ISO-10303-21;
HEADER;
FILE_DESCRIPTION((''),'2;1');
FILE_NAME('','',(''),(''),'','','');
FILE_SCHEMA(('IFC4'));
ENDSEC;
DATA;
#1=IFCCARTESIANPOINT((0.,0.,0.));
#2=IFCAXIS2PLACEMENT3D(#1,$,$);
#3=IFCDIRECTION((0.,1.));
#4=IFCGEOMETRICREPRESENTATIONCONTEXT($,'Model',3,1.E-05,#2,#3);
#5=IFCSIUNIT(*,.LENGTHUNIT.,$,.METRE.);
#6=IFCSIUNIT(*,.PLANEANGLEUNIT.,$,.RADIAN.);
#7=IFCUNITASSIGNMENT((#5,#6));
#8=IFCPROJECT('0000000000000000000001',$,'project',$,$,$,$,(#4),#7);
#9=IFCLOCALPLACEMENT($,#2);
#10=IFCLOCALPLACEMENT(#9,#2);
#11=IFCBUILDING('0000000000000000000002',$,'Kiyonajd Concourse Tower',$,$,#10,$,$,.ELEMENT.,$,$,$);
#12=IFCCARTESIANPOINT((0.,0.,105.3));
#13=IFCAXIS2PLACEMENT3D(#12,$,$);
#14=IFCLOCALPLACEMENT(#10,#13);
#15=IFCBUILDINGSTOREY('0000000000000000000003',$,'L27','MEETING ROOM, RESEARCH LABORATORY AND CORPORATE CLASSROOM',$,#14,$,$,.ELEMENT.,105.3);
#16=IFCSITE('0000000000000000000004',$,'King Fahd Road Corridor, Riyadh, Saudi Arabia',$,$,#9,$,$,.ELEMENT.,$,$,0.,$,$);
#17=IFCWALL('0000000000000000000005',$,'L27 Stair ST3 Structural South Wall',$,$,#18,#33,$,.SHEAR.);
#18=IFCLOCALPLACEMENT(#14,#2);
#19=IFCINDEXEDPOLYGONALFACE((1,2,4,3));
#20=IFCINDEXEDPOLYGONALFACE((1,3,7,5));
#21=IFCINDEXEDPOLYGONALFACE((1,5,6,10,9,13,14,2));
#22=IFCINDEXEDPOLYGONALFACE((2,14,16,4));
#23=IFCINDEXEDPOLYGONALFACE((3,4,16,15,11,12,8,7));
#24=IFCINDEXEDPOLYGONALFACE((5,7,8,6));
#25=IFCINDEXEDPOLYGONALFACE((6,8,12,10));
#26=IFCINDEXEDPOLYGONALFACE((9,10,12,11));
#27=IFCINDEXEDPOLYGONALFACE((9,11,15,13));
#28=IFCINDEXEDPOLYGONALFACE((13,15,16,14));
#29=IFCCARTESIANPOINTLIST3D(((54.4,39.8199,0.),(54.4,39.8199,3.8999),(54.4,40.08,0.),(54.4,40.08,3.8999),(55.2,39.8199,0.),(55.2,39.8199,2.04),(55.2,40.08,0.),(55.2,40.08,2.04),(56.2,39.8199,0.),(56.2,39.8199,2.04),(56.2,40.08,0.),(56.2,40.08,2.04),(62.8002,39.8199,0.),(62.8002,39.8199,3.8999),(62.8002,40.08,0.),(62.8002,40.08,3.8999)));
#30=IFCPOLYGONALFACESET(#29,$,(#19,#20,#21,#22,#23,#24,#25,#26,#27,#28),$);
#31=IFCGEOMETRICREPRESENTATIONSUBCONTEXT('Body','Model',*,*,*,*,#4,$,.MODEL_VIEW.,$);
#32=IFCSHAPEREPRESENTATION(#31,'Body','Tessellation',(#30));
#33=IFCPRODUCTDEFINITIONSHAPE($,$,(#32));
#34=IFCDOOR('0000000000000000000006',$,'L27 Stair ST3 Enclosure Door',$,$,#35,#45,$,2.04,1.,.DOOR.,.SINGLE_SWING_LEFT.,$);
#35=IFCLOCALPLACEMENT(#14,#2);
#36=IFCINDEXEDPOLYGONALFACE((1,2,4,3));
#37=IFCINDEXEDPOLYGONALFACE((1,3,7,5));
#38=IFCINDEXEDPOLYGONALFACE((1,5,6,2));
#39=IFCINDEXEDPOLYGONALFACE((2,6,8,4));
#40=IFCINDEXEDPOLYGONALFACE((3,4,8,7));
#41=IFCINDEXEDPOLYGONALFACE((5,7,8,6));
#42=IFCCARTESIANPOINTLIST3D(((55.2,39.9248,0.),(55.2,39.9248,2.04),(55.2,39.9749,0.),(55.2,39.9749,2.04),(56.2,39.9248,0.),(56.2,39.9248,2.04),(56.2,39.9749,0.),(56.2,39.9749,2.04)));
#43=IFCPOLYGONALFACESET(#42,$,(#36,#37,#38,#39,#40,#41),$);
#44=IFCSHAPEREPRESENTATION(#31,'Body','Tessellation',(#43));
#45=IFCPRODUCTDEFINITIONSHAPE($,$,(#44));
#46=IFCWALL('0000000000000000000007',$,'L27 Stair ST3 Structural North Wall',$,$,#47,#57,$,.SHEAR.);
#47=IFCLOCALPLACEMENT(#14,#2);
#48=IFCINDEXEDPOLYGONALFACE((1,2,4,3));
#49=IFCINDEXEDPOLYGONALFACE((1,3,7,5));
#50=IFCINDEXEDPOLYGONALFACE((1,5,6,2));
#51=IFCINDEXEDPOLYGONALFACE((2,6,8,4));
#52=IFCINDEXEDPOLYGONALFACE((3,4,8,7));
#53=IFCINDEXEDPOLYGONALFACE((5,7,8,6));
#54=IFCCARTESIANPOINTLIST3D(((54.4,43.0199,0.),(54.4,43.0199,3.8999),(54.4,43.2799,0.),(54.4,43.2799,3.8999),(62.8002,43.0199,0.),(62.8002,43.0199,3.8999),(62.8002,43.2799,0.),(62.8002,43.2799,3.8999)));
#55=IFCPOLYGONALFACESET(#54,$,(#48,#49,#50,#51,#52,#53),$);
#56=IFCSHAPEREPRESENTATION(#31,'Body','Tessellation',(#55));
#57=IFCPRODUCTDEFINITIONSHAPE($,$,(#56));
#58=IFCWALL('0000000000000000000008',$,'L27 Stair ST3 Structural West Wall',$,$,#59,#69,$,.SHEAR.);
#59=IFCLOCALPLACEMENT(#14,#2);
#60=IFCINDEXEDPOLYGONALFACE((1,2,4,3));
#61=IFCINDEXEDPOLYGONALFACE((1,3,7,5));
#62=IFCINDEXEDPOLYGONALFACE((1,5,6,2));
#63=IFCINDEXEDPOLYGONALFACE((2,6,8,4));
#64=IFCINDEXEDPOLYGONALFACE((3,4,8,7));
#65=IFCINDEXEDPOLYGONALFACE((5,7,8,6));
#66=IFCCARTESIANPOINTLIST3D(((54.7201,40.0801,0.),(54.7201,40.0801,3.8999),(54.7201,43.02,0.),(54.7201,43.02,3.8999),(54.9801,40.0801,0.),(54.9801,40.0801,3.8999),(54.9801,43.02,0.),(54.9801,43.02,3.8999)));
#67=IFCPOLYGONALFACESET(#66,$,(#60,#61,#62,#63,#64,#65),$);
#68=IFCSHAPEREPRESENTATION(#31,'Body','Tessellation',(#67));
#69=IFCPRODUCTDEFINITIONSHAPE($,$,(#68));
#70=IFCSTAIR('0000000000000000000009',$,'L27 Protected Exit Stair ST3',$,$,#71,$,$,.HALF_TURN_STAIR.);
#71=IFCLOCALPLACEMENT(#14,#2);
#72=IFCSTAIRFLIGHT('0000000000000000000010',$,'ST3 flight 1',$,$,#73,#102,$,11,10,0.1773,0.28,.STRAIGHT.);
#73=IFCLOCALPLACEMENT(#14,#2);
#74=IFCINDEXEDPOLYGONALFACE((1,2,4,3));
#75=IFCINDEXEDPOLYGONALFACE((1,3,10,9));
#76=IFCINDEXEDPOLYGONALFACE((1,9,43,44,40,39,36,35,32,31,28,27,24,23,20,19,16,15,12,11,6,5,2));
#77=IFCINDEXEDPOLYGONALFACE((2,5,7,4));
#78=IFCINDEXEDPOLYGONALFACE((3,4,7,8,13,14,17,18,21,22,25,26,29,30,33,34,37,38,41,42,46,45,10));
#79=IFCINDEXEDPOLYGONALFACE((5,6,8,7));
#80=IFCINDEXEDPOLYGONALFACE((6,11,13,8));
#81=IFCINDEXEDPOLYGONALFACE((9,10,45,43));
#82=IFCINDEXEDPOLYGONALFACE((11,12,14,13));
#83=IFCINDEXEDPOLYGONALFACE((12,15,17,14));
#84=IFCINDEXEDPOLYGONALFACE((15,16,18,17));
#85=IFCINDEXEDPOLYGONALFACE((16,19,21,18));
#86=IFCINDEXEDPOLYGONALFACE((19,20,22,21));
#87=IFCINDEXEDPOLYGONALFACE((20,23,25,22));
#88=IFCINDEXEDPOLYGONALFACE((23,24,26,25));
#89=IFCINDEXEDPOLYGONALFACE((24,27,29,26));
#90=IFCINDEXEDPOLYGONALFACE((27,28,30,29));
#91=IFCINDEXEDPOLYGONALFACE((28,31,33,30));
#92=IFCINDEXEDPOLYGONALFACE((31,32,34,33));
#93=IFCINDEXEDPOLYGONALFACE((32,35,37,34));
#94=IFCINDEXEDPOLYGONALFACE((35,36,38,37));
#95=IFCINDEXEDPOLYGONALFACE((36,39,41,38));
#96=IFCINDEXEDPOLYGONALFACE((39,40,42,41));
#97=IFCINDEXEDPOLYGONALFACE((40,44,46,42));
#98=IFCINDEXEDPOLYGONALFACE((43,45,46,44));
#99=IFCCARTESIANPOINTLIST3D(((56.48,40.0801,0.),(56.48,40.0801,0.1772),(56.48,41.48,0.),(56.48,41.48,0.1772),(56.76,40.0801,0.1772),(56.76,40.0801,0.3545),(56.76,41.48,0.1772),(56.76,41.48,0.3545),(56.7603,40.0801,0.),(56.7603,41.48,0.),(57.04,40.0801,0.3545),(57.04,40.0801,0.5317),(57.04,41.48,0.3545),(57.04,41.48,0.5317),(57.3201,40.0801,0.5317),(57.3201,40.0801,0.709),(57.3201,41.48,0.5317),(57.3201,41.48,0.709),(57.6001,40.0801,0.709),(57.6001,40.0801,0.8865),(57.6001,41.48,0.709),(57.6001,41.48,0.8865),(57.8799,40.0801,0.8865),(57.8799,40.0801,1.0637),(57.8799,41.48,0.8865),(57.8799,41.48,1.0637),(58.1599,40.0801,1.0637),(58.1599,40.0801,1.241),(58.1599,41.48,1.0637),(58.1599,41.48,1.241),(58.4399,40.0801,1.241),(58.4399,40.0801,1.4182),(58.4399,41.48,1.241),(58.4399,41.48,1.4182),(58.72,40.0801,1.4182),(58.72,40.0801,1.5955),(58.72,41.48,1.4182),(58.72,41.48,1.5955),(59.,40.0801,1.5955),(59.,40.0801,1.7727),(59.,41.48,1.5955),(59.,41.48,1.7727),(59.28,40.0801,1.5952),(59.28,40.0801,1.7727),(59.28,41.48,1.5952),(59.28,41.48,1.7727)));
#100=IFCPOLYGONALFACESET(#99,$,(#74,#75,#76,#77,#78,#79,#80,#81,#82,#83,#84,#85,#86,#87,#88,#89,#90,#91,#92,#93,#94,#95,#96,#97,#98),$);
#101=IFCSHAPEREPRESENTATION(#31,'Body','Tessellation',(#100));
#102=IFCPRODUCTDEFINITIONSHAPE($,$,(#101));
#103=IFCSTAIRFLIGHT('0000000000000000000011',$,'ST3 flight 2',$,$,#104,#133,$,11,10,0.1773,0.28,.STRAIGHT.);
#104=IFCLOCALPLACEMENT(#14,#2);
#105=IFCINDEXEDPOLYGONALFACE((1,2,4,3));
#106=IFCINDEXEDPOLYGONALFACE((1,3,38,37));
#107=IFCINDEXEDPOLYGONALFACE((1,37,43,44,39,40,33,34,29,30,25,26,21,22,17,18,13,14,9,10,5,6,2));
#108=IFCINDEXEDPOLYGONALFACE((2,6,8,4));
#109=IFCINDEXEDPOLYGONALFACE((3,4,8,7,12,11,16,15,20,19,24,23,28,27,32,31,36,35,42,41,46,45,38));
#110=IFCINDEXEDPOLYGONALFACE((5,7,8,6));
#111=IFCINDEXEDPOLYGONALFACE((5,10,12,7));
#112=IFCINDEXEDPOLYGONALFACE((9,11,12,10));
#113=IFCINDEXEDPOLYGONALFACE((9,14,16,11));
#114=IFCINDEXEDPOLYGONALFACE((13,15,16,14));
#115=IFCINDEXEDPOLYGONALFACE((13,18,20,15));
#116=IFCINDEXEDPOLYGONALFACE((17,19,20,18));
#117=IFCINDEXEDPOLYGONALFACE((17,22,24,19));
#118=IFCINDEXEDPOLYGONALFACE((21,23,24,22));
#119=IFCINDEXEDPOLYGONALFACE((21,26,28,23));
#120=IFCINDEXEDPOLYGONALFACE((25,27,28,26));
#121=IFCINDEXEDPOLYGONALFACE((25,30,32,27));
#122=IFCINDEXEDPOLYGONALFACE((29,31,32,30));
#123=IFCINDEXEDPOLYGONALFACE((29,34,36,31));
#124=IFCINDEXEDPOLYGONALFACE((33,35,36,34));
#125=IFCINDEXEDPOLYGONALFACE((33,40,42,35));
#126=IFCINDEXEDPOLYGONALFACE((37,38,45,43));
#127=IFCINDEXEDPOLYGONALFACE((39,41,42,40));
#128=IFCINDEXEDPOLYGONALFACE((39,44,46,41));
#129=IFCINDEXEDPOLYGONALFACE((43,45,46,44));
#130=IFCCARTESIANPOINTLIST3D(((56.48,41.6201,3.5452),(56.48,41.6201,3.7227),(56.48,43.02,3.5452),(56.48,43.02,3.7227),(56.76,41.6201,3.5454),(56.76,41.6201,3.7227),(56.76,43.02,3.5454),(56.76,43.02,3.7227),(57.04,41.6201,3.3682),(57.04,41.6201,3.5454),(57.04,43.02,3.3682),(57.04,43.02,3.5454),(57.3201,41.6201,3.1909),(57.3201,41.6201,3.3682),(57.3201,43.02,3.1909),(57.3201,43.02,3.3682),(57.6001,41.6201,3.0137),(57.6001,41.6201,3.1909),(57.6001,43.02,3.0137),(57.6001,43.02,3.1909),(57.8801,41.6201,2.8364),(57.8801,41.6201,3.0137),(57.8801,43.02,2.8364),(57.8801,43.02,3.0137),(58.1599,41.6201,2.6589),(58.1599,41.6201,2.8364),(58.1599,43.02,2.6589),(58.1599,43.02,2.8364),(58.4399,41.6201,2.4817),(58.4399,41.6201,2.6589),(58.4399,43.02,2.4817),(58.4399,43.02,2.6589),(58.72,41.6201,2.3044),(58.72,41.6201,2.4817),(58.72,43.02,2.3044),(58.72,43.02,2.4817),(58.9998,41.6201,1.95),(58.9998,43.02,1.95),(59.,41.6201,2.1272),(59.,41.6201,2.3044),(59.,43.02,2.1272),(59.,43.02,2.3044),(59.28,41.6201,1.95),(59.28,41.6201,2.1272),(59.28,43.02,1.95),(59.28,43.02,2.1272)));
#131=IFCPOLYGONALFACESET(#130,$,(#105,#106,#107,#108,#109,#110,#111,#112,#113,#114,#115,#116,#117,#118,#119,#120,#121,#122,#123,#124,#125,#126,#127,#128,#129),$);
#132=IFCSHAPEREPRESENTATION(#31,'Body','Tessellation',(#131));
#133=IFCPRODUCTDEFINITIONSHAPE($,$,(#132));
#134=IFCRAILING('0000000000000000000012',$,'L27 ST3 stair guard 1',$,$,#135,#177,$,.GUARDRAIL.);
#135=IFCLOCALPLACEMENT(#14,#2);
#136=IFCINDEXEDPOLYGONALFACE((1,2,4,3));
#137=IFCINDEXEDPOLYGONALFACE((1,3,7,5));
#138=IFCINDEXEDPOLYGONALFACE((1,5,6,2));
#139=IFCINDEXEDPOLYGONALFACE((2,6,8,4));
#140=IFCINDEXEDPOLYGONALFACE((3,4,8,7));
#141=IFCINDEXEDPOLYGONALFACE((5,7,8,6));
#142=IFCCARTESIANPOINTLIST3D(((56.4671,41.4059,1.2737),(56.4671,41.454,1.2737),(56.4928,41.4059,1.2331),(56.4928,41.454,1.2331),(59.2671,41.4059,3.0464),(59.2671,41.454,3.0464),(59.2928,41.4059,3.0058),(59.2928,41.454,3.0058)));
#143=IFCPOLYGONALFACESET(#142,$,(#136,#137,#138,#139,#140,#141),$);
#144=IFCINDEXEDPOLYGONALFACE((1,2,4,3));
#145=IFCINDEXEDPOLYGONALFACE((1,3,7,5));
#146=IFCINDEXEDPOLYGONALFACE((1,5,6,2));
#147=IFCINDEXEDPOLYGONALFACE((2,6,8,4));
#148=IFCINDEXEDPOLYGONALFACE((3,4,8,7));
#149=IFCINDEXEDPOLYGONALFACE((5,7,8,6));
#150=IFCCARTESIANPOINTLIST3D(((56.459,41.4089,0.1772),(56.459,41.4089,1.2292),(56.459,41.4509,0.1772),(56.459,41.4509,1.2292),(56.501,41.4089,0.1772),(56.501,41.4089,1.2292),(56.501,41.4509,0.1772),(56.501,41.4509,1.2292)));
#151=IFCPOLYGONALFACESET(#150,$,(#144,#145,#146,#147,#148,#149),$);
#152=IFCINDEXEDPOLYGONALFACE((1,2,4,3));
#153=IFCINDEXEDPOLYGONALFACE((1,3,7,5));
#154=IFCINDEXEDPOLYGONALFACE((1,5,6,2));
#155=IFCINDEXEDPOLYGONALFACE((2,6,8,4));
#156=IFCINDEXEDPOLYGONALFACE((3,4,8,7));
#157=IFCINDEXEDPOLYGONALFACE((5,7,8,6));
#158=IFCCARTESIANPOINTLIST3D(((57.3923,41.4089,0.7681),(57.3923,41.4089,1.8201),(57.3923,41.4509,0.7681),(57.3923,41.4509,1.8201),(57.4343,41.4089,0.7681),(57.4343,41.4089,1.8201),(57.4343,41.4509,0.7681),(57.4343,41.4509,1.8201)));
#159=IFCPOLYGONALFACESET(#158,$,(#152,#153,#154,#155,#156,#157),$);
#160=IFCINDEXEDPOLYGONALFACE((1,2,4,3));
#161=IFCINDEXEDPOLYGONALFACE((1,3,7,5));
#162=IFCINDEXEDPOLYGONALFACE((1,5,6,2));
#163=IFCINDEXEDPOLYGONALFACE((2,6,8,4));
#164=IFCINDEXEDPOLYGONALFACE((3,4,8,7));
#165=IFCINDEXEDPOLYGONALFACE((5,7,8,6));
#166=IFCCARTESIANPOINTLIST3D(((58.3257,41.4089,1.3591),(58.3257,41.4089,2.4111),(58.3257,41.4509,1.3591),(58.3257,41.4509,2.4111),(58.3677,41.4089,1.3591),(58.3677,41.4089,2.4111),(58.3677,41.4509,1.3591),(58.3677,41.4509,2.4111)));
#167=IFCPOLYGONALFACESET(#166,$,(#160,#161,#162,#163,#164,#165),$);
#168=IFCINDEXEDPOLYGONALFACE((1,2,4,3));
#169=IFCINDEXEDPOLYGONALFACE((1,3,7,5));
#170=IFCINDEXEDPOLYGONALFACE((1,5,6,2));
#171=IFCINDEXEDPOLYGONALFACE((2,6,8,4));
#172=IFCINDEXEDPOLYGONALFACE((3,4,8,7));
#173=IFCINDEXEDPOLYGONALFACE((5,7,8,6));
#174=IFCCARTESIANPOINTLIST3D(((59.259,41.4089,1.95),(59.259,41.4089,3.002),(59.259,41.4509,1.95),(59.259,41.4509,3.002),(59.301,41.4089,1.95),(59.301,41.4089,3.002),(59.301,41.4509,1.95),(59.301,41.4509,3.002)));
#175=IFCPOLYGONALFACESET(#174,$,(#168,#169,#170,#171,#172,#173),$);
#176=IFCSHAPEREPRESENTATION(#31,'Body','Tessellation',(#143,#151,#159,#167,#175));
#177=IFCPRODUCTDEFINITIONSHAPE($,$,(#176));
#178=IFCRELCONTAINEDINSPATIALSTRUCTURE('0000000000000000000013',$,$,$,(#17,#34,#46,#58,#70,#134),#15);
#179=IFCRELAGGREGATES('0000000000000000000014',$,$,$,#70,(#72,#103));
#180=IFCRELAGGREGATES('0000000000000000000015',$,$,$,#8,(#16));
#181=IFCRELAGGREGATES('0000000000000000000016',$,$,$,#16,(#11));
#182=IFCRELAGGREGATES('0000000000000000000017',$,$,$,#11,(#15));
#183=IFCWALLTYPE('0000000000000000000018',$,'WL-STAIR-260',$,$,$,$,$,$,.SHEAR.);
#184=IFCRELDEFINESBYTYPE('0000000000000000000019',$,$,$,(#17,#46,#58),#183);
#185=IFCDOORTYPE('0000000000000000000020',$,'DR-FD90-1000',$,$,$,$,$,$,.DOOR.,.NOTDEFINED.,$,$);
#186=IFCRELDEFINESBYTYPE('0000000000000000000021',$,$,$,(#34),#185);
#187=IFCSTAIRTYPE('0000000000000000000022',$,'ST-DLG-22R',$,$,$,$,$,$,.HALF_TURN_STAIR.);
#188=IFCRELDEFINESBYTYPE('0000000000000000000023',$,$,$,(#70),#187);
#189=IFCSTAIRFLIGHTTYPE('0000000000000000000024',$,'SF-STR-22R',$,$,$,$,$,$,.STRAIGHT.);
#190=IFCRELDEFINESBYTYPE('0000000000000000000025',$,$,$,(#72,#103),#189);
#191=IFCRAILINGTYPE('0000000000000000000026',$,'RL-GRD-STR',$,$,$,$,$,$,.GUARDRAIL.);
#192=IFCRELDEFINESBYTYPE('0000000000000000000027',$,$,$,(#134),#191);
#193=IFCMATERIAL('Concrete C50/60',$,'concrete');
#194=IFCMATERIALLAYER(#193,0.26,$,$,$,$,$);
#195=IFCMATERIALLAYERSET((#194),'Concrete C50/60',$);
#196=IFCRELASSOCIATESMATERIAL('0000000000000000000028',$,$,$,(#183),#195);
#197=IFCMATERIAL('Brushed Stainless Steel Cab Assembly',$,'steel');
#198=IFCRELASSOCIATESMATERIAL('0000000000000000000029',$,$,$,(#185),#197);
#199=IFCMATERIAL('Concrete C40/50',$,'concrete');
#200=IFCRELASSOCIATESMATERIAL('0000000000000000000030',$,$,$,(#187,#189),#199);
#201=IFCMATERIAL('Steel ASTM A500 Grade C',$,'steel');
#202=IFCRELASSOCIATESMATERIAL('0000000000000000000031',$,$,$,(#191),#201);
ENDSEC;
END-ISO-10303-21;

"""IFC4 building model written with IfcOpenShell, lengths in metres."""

from ifc_helpers import new_model, si_unit, direction, frame, frame_2d, origin, origin_2d, place, context, subcontext, project, spatial, polyline, rectangle, outline, extrude, material, layer, layer_set, type_object, element, fill, aggregate, save


model = new_model("IFC4")

# Units and contexts
model_context = context("Model", 3, precision=1e-05, world=origin(), true_north=direction((0.0, 1.0)))
body_context = subcontext(model_context, "Body", "Model", "MODEL_VIEW")
ifc_project = project(units=[si_unit("LENGTHUNIT", "METRE"), si_unit("PLANEANGLEUNIT", "RADIAN")], contexts=[model_context])

# Site, building, storey
site_placement = place(None, origin())
site = spatial("IfcSite", under=ifc_project, at=site_placement, Name="King Fahd Road Corridor, Riyadh, Saudi Arabia", CompositionType="ELEMENT", RefElevation=0.0)
building_placement = place(site_placement, origin())
building = spatial("IfcBuilding", under=site, at=building_placement, Name="Kiyonajd Concourse Tower", CompositionType="ELEMENT")
storey_placement = place(building_placement, frame((0.0, 0.0, 105.3)))
storey = spatial("IfcBuildingStorey", under=building, at=storey_placement, Name="L27", Description="MEETING ROOM, RESEARCH LABORATORY AND CORPORATE CLASSROOM", CompositionType="ELEMENT", Elevation=105.3)

# Shared definitions
ifc_material_1 = material(Name="Concrete C50/60", Category="concrete")

# Shared definitions
ifc_layer_1 = layer(ifc_material_1, 0.26)
ifc_layer_set_1 = layer_set([ifc_layer_1], Name="Concrete C50/60")
wall_type_1 = type_object("IfcWallType", Name="WL-STAIR-260", PredefinedType="SHEAR", material=ifc_layer_set_1)

# Wall, opening, door
wall_1_placement = place(storey_placement, frame((54.3999, 39.95, 0.0), z_axis=(0.0, 0.0, 1.0), x_axis=(1.0, 0.0, 0.0)))
wall_1 = element("IfcWall", 1, at=wall_1_placement, inside=storey, type_object=wall_type_1, Name="L27 Stair ST3 Structural South Wall", PredefinedType="SHEAR", context=body_context, shape_type="SweptSolid", body=[
    extrude(rectangle(XDim=8.4001, YDim=0.26, at=frame_2d((4.2002, 0.0))), origin(), (0.0, 0.0, 1.0), 3.8999),
])
opening_1_placement = place(wall_1_placement, frame((0.8, 0.0, 0.0)))
opening_1 = element("IfcOpeningElement", 2, at=opening_1_placement, cuts=wall_1, PredefinedType="OPENING", context=body_context, shape_type="SweptSolid", body=[
    extrude(rectangle(XDim=1.0, YDim=2.04, at=frame_2d((0.5, 1.02))), frame((0.0, 0.1399, 0.0), z_axis=(0.0, -1.0, 0.0), x_axis=(1.0, 0.0, 0.0)), (0.0, 0.0, 1.0), 0.28),
])
ifc_material_2 = material(Name="Brushed Stainless Steel Cab Assembly", Category="steel")
door_type_1 = type_object("IfcDoorType", Name="DR-FD90-1000", OperationType="NOTDEFINED", PredefinedType="DOOR", material=ifc_material_2)
door_1_placement = place(opening_1_placement, origin())
door_1 = element("IfcDoor", 3, at=door_1_placement, inside=storey, type_object=door_type_1, Name="L27 Stair ST3 Enclosure Door", OperationType="SINGLE_SWING_LEFT", OverallHeight=2.04, OverallWidth=1.0, PredefinedType="DOOR", context=body_context, shape_type="SweptSolid", body=[
    extrude(rectangle(XDim=1.0, YDim=2.04, at=frame_2d((0.5, 1.02))), frame((0.0, 0.0249, 0.0), z_axis=(0.0, -1.0, 0.0), x_axis=(1.0, 0.0, 0.0)), (0.0, 0.0, 1.0), 0.05),
])
fill(opening_1, door_1)

# Walls
wall_2_placement = place(storey_placement, frame((54.3999, 43.1499, 0.0), z_axis=(0.0, 0.0, 1.0), x_axis=(1.0, 0.0, 0.0)))
element("IfcWall", 4, at=wall_2_placement, inside=storey, type_object=wall_type_1, Name="L27 Stair ST3 Structural North Wall", PredefinedType="SHEAR", context=body_context, shape_type="SweptSolid", body=[
    extrude(rectangle(XDim=8.4001, YDim=0.26, at=frame_2d((4.2002, 0.0))), origin(), (0.0, 0.0, 1.0), 3.8999),
])
wall_3_placement = place(storey_placement, frame((54.8501, 40.0801, 0.0), z_axis=(0.0, 0.0, 1.0), x_axis=(0.0, 1.0, 0.0)))
element("IfcWall", 5, at=wall_3_placement, inside=storey, type_object=wall_type_1, Name="L27 Stair ST3 Structural West Wall", PredefinedType="SHEAR", context=body_context, shape_type="SweptSolid", body=[
    extrude(rectangle(XDim=2.9399, YDim=0.26, at=frame_2d((1.47, 0.0))), origin(), (0.0, 0.0, 1.0), 3.8999),
])

# Stair, stair flights
ifc_material_3 = material(Name="Concrete C40/50", Category="concrete")
stair_type = type_object("IfcStairType", Name="ST-DLG-22R", PredefinedType="HALF_TURN_STAIR", material=ifc_material_3)
stair_placement = place(storey_placement, origin())
stair = element("IfcStair", 6, at=stair_placement, inside=storey, type_object=stair_type, Name="L27 Protected Exit Stair ST3", PredefinedType="HALF_TURN_STAIR")
stair_flight_type = type_object("IfcStairFlightType", Name="SF-STR-22R", PredefinedType="STRAIGHT", material=ifc_material_3)
stair_flight_1_placement = place(storey_placement, frame((56.48, 40.78, 0.0), z_axis=(0.0, 0.0, 1.0), x_axis=(1.0, 0.0, 0.0)))
stair_flight_1 = element("IfcStairFlight", 7, at=stair_flight_1_placement, type_object=stair_flight_type, Name="ST3 flight 1", NumberOfRisers=11, NumberOfTreads=10, PredefinedType="STRAIGHT", RiserHeight=0.1773, TreadLength=0.28, context=body_context, shape_type="SweptSolid", body=[
    extrude(outline(polyline([(0.0, 0.0), (0.0, 0.1772), (0.28, 0.1772), (0.28, 0.3545), (0.5601, 0.3545), (0.5601, 0.5317), (0.8401, 0.5317), (0.8401, 0.709), (1.1201, 0.709), (1.1201, 0.8865), (1.3999, 0.8865), (1.3999, 1.0637), (1.6799, 1.0637), (1.6799, 1.241), (1.96, 1.241), (1.96, 1.4182), (2.24, 1.4182), (2.24, 1.5955), (2.52, 1.5955), (2.52, 1.7727), (2.8, 1.7727), (2.8, 1.95), (2.8, 1.5952), (0.2803, 0.0), (0.0, 0.0)])), frame((0.0, 0.7, 0.0), z_axis=(0.0, -1.0, 0.0), x_axis=(1.0, 0.0, 0.0)), (0.0, 0.0, 1.0), 1.3999),
])
stair_flight_2_placement = place(storey_placement, frame((59.28, 42.3201, 1.95), z_axis=(0.0, 0.0, 1.0), x_axis=(-1.0, 0.0, 0.0)))
stair_flight_2 = element("IfcStairFlight", 8, at=stair_flight_2_placement, type_object=stair_flight_type, Name="ST3 flight 2", NumberOfRisers=11, NumberOfTreads=10, PredefinedType="STRAIGHT", RiserHeight=0.1773, TreadLength=0.28, context=body_context, shape_type="SweptSolid", body=[
    extrude(outline(polyline([(0.0, 0.0), (0.0, 0.1772), (0.28, 0.1772), (0.28, 0.3545), (0.5601, 0.3545), (0.5601, 0.5317), (0.8401, 0.5317), (0.8401, 0.709), (1.1201, 0.709), (1.1201, 0.8865), (1.3999, 0.8865), (1.3999, 1.0637), (1.6799, 1.0637), (1.6799, 1.241), (1.96, 1.241), (1.96, 1.4182), (2.24, 1.4182), (2.24, 1.5955), (2.52, 1.5955), (2.52, 1.7727), (2.8, 1.7727), (2.8, 1.95), (2.8, 1.5952), (0.2803, 0.0), (0.0, 0.0)])), frame((0.0, 0.7, 0.0), z_axis=(0.0, -1.0, 0.0), x_axis=(1.0, 0.0, 0.0)), (0.0, 0.0, 1.0), 1.3999),
])
aggregate(stair, [stair_flight_1, stair_flight_2])

# Railing
ifc_material_4 = material(Name="Steel ASTM A500 Grade C", Category="steel")
railing_type_1 = type_object("IfcRailingType", Name="RL-GRD-STR", PredefinedType="GUARDRAIL", material=ifc_material_4)
railing_1_placement = place(storey_placement, frame((56.48, 41.4299, 0.1772)))
element("IfcRailing", 9, at=railing_1_placement, inside=storey, type_object=railing_type_1, Name="L27 ST3 stair guard 1", PredefinedType="GUARDRAIL", context=body_context, shape_type="SweptSolid", body=[
    extrude(rectangle(XDim=0.0481, YDim=0.0481, at=origin_2d()), frame((0.0, 0.0, 1.0762), z_axis=(0.844909, 0.0, 0.53491), x_axis=(0.0, 1.0, 0.0)), (0.0, 0.0, 1.0), 3.314),
    extrude(rectangle(XDim=0.042, YDim=0.042, at=origin_2d()), origin(), (0.0, 0.0, 1.0), 1.052),
    extrude(rectangle(XDim=0.042, YDim=0.042, at=origin_2d()), frame((0.9333, 0.0, 0.5908)), (0.0, 0.0, 1.0), 1.052),
    extrude(rectangle(XDim=0.042, YDim=0.042, at=origin_2d()), frame((1.8667, 0.0, 1.1819)), (0.0, 0.0, 1.0), 1.052),
    extrude(rectangle(XDim=0.042, YDim=0.042, at=origin_2d()), frame((2.8, 0.0, 1.7727)), (0.0, 0.0, 1.0), 1.052),
])

save(model, "model.ifc")
